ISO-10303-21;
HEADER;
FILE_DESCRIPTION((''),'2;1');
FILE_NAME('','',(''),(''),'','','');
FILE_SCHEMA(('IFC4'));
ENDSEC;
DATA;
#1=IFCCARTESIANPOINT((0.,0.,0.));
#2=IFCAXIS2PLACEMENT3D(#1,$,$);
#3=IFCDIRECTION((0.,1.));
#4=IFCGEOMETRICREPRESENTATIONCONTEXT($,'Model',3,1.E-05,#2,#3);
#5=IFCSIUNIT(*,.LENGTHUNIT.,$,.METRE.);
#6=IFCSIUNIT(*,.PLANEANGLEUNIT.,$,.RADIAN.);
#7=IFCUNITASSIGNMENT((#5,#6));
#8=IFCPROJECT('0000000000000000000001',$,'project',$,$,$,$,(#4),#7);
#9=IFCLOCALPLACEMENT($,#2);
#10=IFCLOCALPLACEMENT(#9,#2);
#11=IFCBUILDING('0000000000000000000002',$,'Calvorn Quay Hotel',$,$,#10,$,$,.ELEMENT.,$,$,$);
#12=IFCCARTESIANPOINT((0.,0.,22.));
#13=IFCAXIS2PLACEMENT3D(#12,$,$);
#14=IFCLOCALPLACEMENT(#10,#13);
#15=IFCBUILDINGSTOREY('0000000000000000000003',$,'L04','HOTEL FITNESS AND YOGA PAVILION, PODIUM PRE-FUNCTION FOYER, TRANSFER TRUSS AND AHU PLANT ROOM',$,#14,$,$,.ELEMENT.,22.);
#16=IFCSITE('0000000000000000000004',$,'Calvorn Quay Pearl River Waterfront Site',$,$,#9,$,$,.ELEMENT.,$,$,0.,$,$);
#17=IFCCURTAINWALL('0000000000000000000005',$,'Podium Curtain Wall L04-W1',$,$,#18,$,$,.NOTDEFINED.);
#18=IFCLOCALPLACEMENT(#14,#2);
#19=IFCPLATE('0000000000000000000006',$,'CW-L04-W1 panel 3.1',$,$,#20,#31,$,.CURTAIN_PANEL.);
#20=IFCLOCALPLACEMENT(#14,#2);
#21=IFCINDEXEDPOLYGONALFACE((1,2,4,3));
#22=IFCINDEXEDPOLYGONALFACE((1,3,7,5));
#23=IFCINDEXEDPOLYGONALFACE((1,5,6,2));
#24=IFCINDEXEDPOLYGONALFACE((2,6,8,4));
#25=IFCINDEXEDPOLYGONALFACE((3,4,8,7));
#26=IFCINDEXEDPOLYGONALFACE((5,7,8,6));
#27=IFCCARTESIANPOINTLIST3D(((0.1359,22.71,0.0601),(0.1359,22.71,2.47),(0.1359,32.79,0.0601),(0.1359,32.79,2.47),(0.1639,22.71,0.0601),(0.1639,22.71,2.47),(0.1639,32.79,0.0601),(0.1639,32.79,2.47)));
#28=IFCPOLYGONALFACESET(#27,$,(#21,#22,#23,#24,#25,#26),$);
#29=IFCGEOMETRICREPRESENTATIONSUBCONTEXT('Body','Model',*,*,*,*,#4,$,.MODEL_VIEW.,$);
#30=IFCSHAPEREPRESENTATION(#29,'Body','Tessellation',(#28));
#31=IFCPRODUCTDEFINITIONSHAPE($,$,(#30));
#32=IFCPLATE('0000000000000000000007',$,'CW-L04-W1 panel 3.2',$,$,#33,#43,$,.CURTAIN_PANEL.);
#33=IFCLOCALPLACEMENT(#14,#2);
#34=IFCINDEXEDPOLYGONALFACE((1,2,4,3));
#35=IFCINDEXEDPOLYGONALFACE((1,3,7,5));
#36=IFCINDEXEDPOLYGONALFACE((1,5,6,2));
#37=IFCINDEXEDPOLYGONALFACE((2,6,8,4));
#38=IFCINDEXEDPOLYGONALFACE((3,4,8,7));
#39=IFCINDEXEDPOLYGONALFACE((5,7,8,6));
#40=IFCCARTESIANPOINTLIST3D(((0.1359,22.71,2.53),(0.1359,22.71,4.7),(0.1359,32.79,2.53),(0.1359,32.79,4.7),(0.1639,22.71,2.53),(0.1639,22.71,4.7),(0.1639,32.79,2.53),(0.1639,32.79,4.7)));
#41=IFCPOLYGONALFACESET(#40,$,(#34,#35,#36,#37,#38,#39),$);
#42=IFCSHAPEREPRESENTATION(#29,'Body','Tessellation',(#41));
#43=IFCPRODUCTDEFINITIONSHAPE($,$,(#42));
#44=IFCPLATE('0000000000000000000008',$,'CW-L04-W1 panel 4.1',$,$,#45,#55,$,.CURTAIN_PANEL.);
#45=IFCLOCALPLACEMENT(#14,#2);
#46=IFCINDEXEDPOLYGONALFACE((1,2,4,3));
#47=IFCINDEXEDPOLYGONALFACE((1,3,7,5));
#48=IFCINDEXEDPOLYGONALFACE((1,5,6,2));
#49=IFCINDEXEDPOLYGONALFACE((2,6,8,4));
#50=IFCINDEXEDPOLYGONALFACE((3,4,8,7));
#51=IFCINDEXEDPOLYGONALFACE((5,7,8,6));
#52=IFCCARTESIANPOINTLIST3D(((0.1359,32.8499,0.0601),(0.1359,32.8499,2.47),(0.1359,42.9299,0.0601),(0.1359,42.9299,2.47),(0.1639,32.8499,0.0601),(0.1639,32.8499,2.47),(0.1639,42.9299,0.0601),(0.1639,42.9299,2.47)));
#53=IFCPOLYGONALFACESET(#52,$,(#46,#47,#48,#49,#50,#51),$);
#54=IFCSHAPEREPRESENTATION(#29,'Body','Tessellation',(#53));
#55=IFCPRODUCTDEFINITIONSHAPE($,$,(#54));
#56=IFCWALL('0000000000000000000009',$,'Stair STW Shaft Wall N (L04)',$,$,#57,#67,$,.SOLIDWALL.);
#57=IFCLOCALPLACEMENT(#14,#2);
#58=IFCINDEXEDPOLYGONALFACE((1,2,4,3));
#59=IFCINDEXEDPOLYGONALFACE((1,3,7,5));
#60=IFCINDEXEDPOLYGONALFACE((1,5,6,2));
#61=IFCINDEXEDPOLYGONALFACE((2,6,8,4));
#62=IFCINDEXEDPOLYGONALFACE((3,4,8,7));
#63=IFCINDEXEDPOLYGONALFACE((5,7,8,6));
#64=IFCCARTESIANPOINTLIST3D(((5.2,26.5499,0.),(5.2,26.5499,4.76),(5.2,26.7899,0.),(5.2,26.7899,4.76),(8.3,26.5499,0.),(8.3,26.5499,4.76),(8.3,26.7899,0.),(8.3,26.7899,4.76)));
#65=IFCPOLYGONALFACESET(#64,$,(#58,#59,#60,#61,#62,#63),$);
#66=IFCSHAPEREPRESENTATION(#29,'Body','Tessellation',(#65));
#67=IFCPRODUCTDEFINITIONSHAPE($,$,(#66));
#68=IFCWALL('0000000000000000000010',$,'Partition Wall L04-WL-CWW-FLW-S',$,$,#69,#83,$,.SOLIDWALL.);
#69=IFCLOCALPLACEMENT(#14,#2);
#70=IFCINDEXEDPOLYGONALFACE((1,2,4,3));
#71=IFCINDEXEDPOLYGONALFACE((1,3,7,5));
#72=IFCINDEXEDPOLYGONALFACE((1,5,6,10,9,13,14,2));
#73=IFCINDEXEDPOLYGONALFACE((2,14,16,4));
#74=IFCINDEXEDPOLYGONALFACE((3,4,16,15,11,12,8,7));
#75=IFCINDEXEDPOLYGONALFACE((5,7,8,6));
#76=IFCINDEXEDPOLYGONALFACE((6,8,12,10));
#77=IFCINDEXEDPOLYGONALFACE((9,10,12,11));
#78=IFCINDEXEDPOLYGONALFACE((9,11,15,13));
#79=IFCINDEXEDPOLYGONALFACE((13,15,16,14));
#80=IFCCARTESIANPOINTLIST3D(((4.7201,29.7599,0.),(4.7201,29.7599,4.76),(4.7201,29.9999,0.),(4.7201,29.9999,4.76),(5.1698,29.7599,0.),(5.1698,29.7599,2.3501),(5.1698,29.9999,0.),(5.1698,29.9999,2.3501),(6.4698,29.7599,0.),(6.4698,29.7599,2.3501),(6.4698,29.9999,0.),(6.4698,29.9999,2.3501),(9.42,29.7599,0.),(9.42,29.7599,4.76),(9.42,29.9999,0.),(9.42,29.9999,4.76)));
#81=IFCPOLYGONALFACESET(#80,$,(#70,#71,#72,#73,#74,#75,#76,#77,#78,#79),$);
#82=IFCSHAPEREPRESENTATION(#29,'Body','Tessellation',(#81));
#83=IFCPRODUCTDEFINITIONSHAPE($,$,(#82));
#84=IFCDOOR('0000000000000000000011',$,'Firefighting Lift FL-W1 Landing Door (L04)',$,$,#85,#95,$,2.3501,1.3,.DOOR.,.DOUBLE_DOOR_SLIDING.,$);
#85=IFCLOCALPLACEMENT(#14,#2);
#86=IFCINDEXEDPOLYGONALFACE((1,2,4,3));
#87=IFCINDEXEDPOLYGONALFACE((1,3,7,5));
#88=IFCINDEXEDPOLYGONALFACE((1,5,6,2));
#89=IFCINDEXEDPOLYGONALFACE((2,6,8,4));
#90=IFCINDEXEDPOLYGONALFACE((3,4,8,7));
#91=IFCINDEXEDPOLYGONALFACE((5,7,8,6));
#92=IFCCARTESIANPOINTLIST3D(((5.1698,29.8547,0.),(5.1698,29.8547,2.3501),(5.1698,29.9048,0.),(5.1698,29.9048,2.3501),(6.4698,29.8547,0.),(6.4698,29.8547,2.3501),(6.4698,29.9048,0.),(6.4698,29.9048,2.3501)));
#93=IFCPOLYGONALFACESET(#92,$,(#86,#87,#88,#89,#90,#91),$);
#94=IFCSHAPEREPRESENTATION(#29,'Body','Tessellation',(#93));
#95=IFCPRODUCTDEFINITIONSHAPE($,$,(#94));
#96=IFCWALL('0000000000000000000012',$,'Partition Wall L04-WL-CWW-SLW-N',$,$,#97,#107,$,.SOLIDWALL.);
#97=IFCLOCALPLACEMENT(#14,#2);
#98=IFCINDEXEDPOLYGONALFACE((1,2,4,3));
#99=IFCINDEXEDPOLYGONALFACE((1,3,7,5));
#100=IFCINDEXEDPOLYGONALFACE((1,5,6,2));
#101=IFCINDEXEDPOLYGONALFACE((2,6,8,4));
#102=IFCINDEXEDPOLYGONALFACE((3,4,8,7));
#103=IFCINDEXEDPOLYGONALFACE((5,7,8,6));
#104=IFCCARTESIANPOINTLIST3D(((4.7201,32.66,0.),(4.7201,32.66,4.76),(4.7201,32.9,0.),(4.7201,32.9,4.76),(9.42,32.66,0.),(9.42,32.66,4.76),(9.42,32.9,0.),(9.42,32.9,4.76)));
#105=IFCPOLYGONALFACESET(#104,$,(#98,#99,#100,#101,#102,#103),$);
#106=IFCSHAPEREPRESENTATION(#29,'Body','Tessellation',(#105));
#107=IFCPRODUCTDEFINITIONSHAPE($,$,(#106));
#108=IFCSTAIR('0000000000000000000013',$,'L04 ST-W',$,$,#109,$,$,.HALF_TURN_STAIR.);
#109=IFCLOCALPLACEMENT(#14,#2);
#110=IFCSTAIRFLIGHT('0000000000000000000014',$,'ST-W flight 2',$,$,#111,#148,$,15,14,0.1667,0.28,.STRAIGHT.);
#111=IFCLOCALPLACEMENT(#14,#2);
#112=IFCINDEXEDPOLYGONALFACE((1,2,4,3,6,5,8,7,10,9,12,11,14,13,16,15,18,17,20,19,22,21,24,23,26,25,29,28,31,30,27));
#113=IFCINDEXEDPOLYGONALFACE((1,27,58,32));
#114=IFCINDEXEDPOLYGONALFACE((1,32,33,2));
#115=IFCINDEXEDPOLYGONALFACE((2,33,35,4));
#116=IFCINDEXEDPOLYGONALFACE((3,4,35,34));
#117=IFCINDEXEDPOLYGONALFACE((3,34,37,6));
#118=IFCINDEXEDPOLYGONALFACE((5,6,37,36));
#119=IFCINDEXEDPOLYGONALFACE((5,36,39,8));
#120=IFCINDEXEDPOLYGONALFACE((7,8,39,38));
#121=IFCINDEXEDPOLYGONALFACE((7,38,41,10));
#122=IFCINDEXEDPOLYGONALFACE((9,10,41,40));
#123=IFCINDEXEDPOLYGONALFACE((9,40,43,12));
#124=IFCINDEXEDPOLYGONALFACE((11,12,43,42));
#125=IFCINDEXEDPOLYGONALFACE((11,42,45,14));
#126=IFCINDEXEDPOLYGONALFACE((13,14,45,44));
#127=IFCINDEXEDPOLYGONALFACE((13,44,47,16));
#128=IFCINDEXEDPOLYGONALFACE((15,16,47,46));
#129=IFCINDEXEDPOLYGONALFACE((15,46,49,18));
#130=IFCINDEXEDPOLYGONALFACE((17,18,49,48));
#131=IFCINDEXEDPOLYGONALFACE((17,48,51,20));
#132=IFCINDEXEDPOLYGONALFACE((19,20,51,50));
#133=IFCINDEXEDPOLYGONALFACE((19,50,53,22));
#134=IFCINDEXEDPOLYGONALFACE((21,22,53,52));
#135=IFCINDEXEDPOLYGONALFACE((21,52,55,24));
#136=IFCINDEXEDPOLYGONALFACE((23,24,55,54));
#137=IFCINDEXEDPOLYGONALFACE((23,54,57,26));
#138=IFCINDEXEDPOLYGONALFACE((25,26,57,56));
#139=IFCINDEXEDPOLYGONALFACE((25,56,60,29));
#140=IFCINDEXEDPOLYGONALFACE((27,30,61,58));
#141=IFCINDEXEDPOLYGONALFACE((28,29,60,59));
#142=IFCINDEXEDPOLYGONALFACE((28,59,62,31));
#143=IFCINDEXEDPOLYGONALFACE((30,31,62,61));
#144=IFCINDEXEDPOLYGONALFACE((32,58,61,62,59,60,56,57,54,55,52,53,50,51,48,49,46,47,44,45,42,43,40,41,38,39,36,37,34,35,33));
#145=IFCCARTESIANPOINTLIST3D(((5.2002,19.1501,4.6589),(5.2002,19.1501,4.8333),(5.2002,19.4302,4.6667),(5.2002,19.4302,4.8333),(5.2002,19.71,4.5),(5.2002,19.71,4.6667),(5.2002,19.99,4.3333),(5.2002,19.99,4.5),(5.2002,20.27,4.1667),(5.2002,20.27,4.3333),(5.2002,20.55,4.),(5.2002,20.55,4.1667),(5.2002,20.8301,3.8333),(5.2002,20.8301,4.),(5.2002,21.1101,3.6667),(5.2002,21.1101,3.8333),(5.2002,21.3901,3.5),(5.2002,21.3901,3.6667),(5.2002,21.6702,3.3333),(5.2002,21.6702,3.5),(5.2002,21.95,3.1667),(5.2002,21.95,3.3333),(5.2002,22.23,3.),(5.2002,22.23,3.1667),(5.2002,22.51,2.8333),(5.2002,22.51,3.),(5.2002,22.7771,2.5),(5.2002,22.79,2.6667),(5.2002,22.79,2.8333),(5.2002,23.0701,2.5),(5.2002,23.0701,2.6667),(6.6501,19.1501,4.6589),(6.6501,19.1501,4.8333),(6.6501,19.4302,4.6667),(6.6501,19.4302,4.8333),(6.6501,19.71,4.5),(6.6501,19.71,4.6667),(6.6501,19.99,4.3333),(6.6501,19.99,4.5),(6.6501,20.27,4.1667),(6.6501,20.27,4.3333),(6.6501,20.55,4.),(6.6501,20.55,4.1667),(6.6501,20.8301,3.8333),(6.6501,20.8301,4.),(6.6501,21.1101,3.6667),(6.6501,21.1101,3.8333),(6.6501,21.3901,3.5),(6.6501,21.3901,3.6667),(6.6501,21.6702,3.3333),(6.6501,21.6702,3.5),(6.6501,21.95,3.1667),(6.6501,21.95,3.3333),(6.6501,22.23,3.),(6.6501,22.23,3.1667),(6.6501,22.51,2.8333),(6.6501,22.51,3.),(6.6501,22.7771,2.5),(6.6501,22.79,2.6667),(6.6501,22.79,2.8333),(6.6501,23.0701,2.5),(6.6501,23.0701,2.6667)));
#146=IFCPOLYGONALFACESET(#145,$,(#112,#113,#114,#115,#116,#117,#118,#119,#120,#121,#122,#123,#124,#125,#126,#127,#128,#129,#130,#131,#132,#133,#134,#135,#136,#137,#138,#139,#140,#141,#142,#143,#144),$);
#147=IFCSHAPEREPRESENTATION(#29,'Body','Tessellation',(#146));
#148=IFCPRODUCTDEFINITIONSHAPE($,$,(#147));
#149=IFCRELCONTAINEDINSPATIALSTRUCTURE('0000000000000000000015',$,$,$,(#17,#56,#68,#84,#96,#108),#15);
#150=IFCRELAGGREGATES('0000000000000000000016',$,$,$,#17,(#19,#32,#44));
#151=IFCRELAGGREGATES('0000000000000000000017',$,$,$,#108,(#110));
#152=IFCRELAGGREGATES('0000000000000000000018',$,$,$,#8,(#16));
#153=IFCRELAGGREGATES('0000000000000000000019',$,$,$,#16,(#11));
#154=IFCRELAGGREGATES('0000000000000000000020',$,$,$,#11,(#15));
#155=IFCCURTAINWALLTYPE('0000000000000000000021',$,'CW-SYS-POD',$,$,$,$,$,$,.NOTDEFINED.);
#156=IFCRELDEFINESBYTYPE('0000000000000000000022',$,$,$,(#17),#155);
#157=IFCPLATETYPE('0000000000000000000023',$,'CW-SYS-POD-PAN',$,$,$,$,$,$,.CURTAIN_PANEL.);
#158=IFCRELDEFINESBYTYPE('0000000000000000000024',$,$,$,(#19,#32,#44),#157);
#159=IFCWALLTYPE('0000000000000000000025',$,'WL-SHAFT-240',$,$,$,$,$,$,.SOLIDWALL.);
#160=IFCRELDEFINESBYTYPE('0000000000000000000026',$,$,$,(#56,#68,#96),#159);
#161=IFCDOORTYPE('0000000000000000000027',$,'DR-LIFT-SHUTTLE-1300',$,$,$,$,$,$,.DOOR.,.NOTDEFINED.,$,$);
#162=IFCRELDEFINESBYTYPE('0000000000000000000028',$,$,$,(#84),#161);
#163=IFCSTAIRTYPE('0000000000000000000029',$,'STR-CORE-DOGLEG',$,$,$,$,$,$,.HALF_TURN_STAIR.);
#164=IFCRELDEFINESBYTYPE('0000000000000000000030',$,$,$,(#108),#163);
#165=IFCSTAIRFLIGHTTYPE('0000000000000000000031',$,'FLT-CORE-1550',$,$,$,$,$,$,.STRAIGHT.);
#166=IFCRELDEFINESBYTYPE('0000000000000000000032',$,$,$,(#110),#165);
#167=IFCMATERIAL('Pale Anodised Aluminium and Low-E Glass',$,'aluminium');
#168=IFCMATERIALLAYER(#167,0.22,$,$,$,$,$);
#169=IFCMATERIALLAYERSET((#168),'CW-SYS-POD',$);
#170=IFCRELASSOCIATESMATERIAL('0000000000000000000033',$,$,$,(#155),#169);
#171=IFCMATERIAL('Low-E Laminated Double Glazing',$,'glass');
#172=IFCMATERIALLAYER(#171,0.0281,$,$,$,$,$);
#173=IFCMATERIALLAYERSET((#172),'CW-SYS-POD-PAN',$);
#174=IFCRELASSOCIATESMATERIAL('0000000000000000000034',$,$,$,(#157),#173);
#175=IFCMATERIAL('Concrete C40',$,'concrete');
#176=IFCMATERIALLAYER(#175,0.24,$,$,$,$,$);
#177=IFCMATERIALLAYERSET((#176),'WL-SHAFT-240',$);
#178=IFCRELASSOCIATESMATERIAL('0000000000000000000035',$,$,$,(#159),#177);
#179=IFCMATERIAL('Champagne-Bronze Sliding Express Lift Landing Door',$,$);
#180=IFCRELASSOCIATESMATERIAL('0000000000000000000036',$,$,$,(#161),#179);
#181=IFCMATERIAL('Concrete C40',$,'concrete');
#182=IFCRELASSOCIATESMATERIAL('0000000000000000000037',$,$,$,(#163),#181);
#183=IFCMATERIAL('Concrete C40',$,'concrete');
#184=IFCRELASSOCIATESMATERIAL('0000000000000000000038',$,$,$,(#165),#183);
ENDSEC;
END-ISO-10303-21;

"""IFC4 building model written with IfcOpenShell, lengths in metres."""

from ifc_helpers import new_model, si_unit, direction, frame, frame_2d, origin, origin_2d, place, context, subcontext, project, spatial, polyline, rectangle, outline, extrude, material, layer, layer_set, type_object, element, fill, aggregate, save


model = new_model("IFC4")

# Units and contexts
model_context = context("Model", 3, precision=1e-05, world=origin(), true_north=direction((0.0, 1.0)))
body_context = subcontext(model_context, "Body", "Model", "MODEL_VIEW")
ifc_project = project(units=[si_unit("LENGTHUNIT", "METRE"), si_unit("PLANEANGLEUNIT", "RADIAN")], contexts=[model_context])

# Site, building, storey
site_placement = place(None, origin())
site = spatial("IfcSite", under=ifc_project, at=site_placement, Name="Calvorn Quay Pearl River Waterfront Site", CompositionType="ELEMENT", RefElevation=0.0)
building_placement = place(site_placement, origin())
building = spatial("IfcBuilding", under=site, at=building_placement, Name="Calvorn Quay Hotel", CompositionType="ELEMENT")
storey_placement = place(building_placement, frame((0.0, 0.0, 22.0)))
storey = spatial("IfcBuildingStorey", under=building, at=storey_placement, Name="L04", Description="HOTEL FITNESS AND YOGA PAVILION, PODIUM PRE-FUNCTION FOYER, TRANSFER TRUSS AND AHU PLANT ROOM", CompositionType="ELEMENT", Elevation=22.0)

# Curtain wall, plates
ifc_material_1 = material(Name="Pale Anodised Aluminium and Low-E Glass", Category="aluminium")
ifc_layer_1 = layer(ifc_material_1, 0.22)
ifc_layer_set_1 = layer_set([ifc_layer_1], Name="CW-SYS-POD")
curtain_wall_type = type_object("IfcCurtainWallType", Name="CW-SYS-POD", PredefinedType="NOTDEFINED", material=ifc_layer_set_1)
curtain_wall_placement = place(storey_placement, origin())
curtain_wall = element("IfcCurtainWall", 1, at=curtain_wall_placement, inside=storey, type_object=curtain_wall_type, Name="Podium Curtain Wall L04-W1", PredefinedType="NOTDEFINED")
ifc_material_2 = material(Name="Low-E Laminated Double Glazing", Category="glass")
ifc_layer_2 = layer(ifc_material_2, 0.0281)
ifc_layer_set_2 = layer_set([ifc_layer_2], Name="CW-SYS-POD-PAN")
plate_type = type_object("IfcPlateType", Name="CW-SYS-POD-PAN", PredefinedType="CURTAIN_PANEL", material=ifc_layer_set_2)
plate_1_placement = place(storey_placement, frame((0.1499, 27.75, 0.0601), z_axis=(0.0, 0.0, 1.0), x_axis=(0.0, 1.0, 0.0)))
plate_1 = element("IfcPlate", 2, at=plate_1_placement, type_object=plate_type, Name="CW-L04-W1 panel 3.1", PredefinedType="CURTAIN_PANEL", context=body_context, shape_type="SweptSolid", body=[
    extrude(rectangle(XDim=10.0801, YDim=0.0281, at=origin_2d()), origin(), (0.0, 0.0, 1.0), 2.4099),
])
plate_2_placement = place(storey_placement, frame((0.1499, 27.75, 2.53), z_axis=(0.0, 0.0, 1.0), x_axis=(0.0, 1.0, 0.0)))
plate_2 = element("IfcPlate", 3, at=plate_2_placement, type_object=plate_type, Name="CW-L04-W1 panel 3.2", PredefinedType="CURTAIN_PANEL", context=body_context, shape_type="SweptSolid", body=[
    extrude(rectangle(XDim=10.0801, YDim=0.0281, at=origin_2d()), origin(), (0.0, 0.0, 1.0), 2.1699),
])
plate_3_placement = place(storey_placement, frame((0.1499, 37.8899, 0.0601), z_axis=(0.0, 0.0, 1.0), x_axis=(0.0, 1.0, 0.0)))
plate_3 = element("IfcPlate", 4, at=plate_3_placement, type_object=plate_type, Name="CW-L04-W1 panel 4.1", PredefinedType="CURTAIN_PANEL", context=body_context, shape_type="SweptSolid", body=[
    extrude(rectangle(XDim=10.0801, YDim=0.0281, at=origin_2d()), origin(), (0.0, 0.0, 1.0), 2.4099),
])
aggregate(curtain_wall, [plate_1, plate_2, plate_3])

# Wall
ifc_material_3 = material(Name="Concrete C40", Category="concrete")
ifc_layer_3 = layer(ifc_material_3, 0.24)
ifc_layer_set_3 = layer_set([ifc_layer_3], Name="WL-SHAFT-240")
wall_type = type_object("IfcWallType", Name="WL-SHAFT-240", PredefinedType="SOLIDWALL", material=ifc_layer_set_3)
wall_1_placement = place(storey_placement, frame((5.2, 26.6699, 0.0), z_axis=(0.0, 0.0, 1.0), x_axis=(1.0, 0.0, 0.0)))
element("IfcWall", 5, at=wall_1_placement, inside=storey, type_object=wall_type, Name="Stair STW Shaft Wall N (L04)", PredefinedType="SOLIDWALL", context=body_context, shape_type="SweptSolid", body=[
    extrude(rectangle(XDim=3.1001, YDim=0.24, at=frame_2d((1.55, 0.0))), origin(), (0.0, 0.0, 1.0), 4.76),
])

# Wall, opening, door
wall_2_placement = place(storey_placement, frame((4.72, 29.8799, 0.0), z_axis=(0.0, 0.0, 1.0), x_axis=(1.0, 0.0, 0.0)))
wall_2 = element("IfcWall", 6, at=wall_2_placement, inside=storey, type_object=wall_type, Name="Partition Wall L04-WL-CWW-FLW-S", PredefinedType="SOLIDWALL", context=body_context, shape_type="SweptSolid", body=[
    extrude(rectangle(XDim=4.7, YDim=0.24, at=frame_2d((2.3501, 0.0))), origin(), (0.0, 0.0, 1.0), 4.76),
])
opening_placement = place(wall_2_placement, frame((0.45, 0.0, 0.0)))
opening = element("IfcOpeningElement", 7, at=opening_placement, cuts=wall_2, PredefinedType="OPENING", context=body_context, shape_type="SweptSolid", body=[
    extrude(rectangle(XDim=1.3, YDim=2.3501, at=frame_2d((0.6499, 1.175))), frame((0.0, 0.1299, 0.0), z_axis=(0.0, -1.0, 0.0), x_axis=(1.0, 0.0, 0.0)), (0.0, 0.0, 1.0), 0.26),
])
ifc_material_4 = material(Name="Champagne-Bronze Sliding Express Lift Landing Door")
door_type = type_object("IfcDoorType", Name="DR-LIFT-SHUTTLE-1300", OperationType="NOTDEFINED", PredefinedType="DOOR", material=ifc_material_4)
door_placement = place(opening_placement, origin())
door = element("IfcDoor", 8, at=door_placement, inside=storey, type_object=door_type, Name="Firefighting Lift FL-W1 Landing Door (L04)", OperationType="DOUBLE_DOOR_SLIDING", OverallHeight=2.3501, OverallWidth=1.3, PredefinedType="DOOR", context=body_context, shape_type="SweptSolid", body=[
    extrude(rectangle(XDim=1.3, YDim=2.3501, at=frame_2d((0.6499, 1.175))), frame((0.0, 0.0249, 0.0), z_axis=(0.0, -1.0, 0.0), x_axis=(1.0, 0.0, 0.0)), (0.0, 0.0, 1.0), 0.05),
])
fill(opening, door)

# Wall
wall_3_placement = place(storey_placement, frame((4.72, 32.78, 0.0), z_axis=(0.0, 0.0, 1.0), x_axis=(1.0, 0.0, 0.0)))
element("IfcWall", 9, at=wall_3_placement, inside=storey, type_object=wall_type, Name="Partition Wall L04-WL-CWW-SLW-N", PredefinedType="SOLIDWALL", context=body_context, shape_type="SweptSolid", body=[
    extrude(rectangle(XDim=4.7, YDim=0.24, at=frame_2d((2.3501, 0.0))), origin(), (0.0, 0.0, 1.0), 4.76),
])

# Stair, stair flight
ifc_material_5 = material(Name="Concrete C40", Category="concrete")
stair_type = type_object("IfcStairType", Name="STR-CORE-DOGLEG", PredefinedType="HALF_TURN_STAIR", material=ifc_material_5)
stair_placement = place(storey_placement, origin())
stair = element("IfcStair", 10, at=stair_placement, inside=storey, type_object=stair_type, Name="L04 ST-W", PredefinedType="HALF_TURN_STAIR")
ifc_material_6 = material(Name="Concrete C40", Category="concrete")
stair_flight_type = type_object("IfcStairFlightType", Name="FLT-CORE-1550", PredefinedType="STRAIGHT", material=ifc_material_6)
stair_flight_placement = place(storey_placement, frame((5.925, 23.0701, 2.5), z_axis=(0.0, 0.0, 1.0), x_axis=(0.0, -1.0, 0.0)))
stair_flight = element("IfcStairFlight", 11, at=stair_flight_placement, type_object=stair_flight_type, Name="ST-W flight 2", NumberOfRisers=15, NumberOfTreads=14, PredefinedType="STRAIGHT", RiserHeight=0.1667, TreadLength=0.28, context=body_context, shape_type="SweptSolid", body=[
    extrude(outline(polyline([(0.0, 0.0), (0.0, 0.1667), (0.28, 0.1667), (0.28, 0.3333), (0.5601, 0.3333), (0.5601, 0.5), (0.8401, 0.5), (0.8401, 0.6667), (1.1201, 0.6667), (1.1201, 0.8333), (1.3999, 0.8333), (1.3999, 1.0), (1.6799, 1.0), (1.6799, 1.1667), (1.96, 1.1667), (1.96, 1.3333), (2.24, 1.3333), (2.24, 1.5), (2.52, 1.5), (2.52, 1.6667), (2.8, 1.6667), (2.8, 1.8333), (3.0801, 1.8333), (3.0801, 2.0), (3.3601, 2.0), (3.3601, 2.1667), (3.6399, 2.1667), (3.6399, 2.3333), (3.9199, 2.3333), (3.9199, 2.5), (3.9199, 2.1589), (0.293, 0.0), (0.0, 0.0)])), frame((0.0, 0.7251, 0.0), z_axis=(0.0, -1.0, 0.0), x_axis=(1.0, 0.0, 0.0)), (0.0, 0.0, 1.0), 1.45),
])
aggregate(stair, [stair_flight])

save(model, "model.ifc")
